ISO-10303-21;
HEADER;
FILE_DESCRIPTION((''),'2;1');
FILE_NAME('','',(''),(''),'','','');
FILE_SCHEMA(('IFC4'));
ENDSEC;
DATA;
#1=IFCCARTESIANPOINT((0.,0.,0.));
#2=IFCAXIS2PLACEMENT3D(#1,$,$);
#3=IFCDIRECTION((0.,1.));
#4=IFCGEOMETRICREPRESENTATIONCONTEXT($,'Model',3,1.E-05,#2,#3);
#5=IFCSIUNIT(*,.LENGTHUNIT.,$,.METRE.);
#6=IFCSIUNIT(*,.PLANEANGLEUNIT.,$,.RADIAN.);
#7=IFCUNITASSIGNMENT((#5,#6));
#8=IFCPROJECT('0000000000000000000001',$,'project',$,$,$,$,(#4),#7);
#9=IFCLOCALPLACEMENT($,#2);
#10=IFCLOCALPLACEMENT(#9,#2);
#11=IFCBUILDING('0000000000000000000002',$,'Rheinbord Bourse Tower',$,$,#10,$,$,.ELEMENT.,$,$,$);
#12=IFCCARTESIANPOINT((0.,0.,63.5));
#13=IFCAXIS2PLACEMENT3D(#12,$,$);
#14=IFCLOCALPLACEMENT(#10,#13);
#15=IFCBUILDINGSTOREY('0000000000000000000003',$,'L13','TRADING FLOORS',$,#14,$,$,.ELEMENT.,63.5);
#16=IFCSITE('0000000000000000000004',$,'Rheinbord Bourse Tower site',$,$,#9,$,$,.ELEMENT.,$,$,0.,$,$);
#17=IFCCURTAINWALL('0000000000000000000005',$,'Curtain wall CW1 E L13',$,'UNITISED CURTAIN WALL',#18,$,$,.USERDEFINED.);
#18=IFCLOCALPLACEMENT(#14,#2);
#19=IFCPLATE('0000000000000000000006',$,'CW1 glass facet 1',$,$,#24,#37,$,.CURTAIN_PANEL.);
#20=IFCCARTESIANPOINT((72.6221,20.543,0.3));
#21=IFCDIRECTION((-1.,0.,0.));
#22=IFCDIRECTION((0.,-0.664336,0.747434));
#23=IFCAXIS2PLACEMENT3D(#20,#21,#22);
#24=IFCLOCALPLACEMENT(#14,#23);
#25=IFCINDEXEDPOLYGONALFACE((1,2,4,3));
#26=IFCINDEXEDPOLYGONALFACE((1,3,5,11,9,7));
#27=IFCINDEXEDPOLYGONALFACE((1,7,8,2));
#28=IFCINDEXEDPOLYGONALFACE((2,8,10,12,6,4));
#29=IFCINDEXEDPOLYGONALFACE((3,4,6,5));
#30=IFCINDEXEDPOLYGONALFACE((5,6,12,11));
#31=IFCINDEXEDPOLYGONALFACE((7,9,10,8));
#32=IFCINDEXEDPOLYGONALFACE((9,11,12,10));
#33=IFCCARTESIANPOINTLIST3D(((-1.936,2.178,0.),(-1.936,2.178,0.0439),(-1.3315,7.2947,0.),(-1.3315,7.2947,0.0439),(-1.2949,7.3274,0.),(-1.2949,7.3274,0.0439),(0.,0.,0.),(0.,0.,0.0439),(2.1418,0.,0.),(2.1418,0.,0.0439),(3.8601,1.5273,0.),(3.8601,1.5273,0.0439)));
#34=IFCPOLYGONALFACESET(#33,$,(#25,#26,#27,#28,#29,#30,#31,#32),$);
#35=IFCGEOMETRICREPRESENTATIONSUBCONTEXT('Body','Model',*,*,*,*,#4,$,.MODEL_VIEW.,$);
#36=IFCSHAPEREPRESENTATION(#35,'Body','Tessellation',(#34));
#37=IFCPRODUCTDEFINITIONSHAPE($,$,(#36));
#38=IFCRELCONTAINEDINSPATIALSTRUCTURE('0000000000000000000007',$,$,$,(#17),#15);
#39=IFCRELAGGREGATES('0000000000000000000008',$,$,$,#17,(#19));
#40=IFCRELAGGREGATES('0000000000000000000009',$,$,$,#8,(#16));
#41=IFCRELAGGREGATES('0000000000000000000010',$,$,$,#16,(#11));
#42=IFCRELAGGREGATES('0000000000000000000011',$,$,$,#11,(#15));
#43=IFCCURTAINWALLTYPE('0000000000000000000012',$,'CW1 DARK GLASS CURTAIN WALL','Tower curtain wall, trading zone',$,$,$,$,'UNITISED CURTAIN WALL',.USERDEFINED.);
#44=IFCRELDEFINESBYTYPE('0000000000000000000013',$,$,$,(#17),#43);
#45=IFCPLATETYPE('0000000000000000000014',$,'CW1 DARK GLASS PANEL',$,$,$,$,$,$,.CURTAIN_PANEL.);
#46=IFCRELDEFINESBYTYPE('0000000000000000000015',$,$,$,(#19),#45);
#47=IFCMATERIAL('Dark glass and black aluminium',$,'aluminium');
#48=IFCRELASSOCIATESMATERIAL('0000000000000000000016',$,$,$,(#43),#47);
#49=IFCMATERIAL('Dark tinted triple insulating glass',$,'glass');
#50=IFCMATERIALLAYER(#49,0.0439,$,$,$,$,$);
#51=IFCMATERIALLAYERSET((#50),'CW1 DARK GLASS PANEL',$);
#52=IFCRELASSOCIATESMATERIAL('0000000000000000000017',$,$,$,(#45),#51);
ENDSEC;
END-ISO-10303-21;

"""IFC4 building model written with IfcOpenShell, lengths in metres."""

from ifc_helpers import new_model, si_unit, direction, frame, origin, place, context, subcontext, project, spatial, polyline, outline, extrude, material, layer, layer_set, type_object, element, aggregate, save


model = new_model("IFC4")

# Units and contexts
model_context = context("Model", 3, precision=1e-05, world=origin(), true_north=direction((0.0, 1.0)))
body_context = subcontext(model_context, "Body", "Model", "MODEL_VIEW")
ifc_project = project(units=[si_unit("LENGTHUNIT", "METRE"), si_unit("PLANEANGLEUNIT", "RADIAN")], contexts=[model_context])

# Site, building, storey
site_placement = place(None, origin())
site = spatial("IfcSite", under=ifc_project, at=site_placement, Name="Rheinbord Bourse Tower site", CompositionType="ELEMENT", RefElevation=0.0)
building_placement = place(site_placement, origin())
building = spatial("IfcBuilding", under=site, at=building_placement, Name="Rheinbord Bourse Tower", CompositionType="ELEMENT")
storey_placement = place(building_placement, frame((0.0, 0.0, 63.5)))
storey = spatial("IfcBuildingStorey", under=building, at=storey_placement, Name="L13", Description="TRADING FLOORS", CompositionType="ELEMENT", Elevation=63.5)

# Curtain wall
ifc_material_1 = material(Name="Dark glass and black aluminium", Category="aluminium")
curtain_wall_type = type_object("IfcCurtainWallType", Name="CW1 DARK GLASS CURTAIN WALL", Description="Tower curtain wall, trading zone", ElementType="UNITISED CURTAIN WALL", PredefinedType="USERDEFINED", material=ifc_material_1)
curtain_wall_placement = place(storey_placement, origin())
curtain_wall = element("IfcCurtainWall", 1, at=curtain_wall_placement, inside=storey, type_object=curtain_wall_type, Name="Curtain wall CW1 E L13", ObjectType="UNITISED CURTAIN WALL", PredefinedType="USERDEFINED")

# Plate
ifc_material_2 = material(Name="Dark tinted triple insulating glass", Category="glass")
ifc_layer_1 = layer(ifc_material_2, 0.0439)
ifc_layer_set_1 = layer_set([ifc_layer_1], Name="CW1 DARK GLASS PANEL")
plate_type = type_object("IfcPlateType", Name="CW1 DARK GLASS PANEL", PredefinedType="CURTAIN_PANEL", material=ifc_layer_set_1)
plate_1_placement = place(storey_placement, frame((72.6221, 20.543, 0.3), z_axis=(-1.0, 0.0, 0.0), x_axis=(0.0, -0.664336, 0.747434)))
plate_1 = element("IfcPlate", 2, at=plate_1_placement, type_object=plate_type, Name="CW1 glass facet 1", PredefinedType="CURTAIN_PANEL", context=body_context, shape_type="SweptSolid", body=[
    extrude(outline(polyline([(0.0, 0.0), (2.1418, 0.0), (3.8601, 1.5273), (-1.2949, 7.3274), (-1.3315, 7.2947), (-1.936, 2.178), (0.0, 0.0)])), origin(), (0.0, 0.0, 1.0), 0.0439),
])
aggregate(curtain_wall, [plate_1])

save(model, "model.ifc")
